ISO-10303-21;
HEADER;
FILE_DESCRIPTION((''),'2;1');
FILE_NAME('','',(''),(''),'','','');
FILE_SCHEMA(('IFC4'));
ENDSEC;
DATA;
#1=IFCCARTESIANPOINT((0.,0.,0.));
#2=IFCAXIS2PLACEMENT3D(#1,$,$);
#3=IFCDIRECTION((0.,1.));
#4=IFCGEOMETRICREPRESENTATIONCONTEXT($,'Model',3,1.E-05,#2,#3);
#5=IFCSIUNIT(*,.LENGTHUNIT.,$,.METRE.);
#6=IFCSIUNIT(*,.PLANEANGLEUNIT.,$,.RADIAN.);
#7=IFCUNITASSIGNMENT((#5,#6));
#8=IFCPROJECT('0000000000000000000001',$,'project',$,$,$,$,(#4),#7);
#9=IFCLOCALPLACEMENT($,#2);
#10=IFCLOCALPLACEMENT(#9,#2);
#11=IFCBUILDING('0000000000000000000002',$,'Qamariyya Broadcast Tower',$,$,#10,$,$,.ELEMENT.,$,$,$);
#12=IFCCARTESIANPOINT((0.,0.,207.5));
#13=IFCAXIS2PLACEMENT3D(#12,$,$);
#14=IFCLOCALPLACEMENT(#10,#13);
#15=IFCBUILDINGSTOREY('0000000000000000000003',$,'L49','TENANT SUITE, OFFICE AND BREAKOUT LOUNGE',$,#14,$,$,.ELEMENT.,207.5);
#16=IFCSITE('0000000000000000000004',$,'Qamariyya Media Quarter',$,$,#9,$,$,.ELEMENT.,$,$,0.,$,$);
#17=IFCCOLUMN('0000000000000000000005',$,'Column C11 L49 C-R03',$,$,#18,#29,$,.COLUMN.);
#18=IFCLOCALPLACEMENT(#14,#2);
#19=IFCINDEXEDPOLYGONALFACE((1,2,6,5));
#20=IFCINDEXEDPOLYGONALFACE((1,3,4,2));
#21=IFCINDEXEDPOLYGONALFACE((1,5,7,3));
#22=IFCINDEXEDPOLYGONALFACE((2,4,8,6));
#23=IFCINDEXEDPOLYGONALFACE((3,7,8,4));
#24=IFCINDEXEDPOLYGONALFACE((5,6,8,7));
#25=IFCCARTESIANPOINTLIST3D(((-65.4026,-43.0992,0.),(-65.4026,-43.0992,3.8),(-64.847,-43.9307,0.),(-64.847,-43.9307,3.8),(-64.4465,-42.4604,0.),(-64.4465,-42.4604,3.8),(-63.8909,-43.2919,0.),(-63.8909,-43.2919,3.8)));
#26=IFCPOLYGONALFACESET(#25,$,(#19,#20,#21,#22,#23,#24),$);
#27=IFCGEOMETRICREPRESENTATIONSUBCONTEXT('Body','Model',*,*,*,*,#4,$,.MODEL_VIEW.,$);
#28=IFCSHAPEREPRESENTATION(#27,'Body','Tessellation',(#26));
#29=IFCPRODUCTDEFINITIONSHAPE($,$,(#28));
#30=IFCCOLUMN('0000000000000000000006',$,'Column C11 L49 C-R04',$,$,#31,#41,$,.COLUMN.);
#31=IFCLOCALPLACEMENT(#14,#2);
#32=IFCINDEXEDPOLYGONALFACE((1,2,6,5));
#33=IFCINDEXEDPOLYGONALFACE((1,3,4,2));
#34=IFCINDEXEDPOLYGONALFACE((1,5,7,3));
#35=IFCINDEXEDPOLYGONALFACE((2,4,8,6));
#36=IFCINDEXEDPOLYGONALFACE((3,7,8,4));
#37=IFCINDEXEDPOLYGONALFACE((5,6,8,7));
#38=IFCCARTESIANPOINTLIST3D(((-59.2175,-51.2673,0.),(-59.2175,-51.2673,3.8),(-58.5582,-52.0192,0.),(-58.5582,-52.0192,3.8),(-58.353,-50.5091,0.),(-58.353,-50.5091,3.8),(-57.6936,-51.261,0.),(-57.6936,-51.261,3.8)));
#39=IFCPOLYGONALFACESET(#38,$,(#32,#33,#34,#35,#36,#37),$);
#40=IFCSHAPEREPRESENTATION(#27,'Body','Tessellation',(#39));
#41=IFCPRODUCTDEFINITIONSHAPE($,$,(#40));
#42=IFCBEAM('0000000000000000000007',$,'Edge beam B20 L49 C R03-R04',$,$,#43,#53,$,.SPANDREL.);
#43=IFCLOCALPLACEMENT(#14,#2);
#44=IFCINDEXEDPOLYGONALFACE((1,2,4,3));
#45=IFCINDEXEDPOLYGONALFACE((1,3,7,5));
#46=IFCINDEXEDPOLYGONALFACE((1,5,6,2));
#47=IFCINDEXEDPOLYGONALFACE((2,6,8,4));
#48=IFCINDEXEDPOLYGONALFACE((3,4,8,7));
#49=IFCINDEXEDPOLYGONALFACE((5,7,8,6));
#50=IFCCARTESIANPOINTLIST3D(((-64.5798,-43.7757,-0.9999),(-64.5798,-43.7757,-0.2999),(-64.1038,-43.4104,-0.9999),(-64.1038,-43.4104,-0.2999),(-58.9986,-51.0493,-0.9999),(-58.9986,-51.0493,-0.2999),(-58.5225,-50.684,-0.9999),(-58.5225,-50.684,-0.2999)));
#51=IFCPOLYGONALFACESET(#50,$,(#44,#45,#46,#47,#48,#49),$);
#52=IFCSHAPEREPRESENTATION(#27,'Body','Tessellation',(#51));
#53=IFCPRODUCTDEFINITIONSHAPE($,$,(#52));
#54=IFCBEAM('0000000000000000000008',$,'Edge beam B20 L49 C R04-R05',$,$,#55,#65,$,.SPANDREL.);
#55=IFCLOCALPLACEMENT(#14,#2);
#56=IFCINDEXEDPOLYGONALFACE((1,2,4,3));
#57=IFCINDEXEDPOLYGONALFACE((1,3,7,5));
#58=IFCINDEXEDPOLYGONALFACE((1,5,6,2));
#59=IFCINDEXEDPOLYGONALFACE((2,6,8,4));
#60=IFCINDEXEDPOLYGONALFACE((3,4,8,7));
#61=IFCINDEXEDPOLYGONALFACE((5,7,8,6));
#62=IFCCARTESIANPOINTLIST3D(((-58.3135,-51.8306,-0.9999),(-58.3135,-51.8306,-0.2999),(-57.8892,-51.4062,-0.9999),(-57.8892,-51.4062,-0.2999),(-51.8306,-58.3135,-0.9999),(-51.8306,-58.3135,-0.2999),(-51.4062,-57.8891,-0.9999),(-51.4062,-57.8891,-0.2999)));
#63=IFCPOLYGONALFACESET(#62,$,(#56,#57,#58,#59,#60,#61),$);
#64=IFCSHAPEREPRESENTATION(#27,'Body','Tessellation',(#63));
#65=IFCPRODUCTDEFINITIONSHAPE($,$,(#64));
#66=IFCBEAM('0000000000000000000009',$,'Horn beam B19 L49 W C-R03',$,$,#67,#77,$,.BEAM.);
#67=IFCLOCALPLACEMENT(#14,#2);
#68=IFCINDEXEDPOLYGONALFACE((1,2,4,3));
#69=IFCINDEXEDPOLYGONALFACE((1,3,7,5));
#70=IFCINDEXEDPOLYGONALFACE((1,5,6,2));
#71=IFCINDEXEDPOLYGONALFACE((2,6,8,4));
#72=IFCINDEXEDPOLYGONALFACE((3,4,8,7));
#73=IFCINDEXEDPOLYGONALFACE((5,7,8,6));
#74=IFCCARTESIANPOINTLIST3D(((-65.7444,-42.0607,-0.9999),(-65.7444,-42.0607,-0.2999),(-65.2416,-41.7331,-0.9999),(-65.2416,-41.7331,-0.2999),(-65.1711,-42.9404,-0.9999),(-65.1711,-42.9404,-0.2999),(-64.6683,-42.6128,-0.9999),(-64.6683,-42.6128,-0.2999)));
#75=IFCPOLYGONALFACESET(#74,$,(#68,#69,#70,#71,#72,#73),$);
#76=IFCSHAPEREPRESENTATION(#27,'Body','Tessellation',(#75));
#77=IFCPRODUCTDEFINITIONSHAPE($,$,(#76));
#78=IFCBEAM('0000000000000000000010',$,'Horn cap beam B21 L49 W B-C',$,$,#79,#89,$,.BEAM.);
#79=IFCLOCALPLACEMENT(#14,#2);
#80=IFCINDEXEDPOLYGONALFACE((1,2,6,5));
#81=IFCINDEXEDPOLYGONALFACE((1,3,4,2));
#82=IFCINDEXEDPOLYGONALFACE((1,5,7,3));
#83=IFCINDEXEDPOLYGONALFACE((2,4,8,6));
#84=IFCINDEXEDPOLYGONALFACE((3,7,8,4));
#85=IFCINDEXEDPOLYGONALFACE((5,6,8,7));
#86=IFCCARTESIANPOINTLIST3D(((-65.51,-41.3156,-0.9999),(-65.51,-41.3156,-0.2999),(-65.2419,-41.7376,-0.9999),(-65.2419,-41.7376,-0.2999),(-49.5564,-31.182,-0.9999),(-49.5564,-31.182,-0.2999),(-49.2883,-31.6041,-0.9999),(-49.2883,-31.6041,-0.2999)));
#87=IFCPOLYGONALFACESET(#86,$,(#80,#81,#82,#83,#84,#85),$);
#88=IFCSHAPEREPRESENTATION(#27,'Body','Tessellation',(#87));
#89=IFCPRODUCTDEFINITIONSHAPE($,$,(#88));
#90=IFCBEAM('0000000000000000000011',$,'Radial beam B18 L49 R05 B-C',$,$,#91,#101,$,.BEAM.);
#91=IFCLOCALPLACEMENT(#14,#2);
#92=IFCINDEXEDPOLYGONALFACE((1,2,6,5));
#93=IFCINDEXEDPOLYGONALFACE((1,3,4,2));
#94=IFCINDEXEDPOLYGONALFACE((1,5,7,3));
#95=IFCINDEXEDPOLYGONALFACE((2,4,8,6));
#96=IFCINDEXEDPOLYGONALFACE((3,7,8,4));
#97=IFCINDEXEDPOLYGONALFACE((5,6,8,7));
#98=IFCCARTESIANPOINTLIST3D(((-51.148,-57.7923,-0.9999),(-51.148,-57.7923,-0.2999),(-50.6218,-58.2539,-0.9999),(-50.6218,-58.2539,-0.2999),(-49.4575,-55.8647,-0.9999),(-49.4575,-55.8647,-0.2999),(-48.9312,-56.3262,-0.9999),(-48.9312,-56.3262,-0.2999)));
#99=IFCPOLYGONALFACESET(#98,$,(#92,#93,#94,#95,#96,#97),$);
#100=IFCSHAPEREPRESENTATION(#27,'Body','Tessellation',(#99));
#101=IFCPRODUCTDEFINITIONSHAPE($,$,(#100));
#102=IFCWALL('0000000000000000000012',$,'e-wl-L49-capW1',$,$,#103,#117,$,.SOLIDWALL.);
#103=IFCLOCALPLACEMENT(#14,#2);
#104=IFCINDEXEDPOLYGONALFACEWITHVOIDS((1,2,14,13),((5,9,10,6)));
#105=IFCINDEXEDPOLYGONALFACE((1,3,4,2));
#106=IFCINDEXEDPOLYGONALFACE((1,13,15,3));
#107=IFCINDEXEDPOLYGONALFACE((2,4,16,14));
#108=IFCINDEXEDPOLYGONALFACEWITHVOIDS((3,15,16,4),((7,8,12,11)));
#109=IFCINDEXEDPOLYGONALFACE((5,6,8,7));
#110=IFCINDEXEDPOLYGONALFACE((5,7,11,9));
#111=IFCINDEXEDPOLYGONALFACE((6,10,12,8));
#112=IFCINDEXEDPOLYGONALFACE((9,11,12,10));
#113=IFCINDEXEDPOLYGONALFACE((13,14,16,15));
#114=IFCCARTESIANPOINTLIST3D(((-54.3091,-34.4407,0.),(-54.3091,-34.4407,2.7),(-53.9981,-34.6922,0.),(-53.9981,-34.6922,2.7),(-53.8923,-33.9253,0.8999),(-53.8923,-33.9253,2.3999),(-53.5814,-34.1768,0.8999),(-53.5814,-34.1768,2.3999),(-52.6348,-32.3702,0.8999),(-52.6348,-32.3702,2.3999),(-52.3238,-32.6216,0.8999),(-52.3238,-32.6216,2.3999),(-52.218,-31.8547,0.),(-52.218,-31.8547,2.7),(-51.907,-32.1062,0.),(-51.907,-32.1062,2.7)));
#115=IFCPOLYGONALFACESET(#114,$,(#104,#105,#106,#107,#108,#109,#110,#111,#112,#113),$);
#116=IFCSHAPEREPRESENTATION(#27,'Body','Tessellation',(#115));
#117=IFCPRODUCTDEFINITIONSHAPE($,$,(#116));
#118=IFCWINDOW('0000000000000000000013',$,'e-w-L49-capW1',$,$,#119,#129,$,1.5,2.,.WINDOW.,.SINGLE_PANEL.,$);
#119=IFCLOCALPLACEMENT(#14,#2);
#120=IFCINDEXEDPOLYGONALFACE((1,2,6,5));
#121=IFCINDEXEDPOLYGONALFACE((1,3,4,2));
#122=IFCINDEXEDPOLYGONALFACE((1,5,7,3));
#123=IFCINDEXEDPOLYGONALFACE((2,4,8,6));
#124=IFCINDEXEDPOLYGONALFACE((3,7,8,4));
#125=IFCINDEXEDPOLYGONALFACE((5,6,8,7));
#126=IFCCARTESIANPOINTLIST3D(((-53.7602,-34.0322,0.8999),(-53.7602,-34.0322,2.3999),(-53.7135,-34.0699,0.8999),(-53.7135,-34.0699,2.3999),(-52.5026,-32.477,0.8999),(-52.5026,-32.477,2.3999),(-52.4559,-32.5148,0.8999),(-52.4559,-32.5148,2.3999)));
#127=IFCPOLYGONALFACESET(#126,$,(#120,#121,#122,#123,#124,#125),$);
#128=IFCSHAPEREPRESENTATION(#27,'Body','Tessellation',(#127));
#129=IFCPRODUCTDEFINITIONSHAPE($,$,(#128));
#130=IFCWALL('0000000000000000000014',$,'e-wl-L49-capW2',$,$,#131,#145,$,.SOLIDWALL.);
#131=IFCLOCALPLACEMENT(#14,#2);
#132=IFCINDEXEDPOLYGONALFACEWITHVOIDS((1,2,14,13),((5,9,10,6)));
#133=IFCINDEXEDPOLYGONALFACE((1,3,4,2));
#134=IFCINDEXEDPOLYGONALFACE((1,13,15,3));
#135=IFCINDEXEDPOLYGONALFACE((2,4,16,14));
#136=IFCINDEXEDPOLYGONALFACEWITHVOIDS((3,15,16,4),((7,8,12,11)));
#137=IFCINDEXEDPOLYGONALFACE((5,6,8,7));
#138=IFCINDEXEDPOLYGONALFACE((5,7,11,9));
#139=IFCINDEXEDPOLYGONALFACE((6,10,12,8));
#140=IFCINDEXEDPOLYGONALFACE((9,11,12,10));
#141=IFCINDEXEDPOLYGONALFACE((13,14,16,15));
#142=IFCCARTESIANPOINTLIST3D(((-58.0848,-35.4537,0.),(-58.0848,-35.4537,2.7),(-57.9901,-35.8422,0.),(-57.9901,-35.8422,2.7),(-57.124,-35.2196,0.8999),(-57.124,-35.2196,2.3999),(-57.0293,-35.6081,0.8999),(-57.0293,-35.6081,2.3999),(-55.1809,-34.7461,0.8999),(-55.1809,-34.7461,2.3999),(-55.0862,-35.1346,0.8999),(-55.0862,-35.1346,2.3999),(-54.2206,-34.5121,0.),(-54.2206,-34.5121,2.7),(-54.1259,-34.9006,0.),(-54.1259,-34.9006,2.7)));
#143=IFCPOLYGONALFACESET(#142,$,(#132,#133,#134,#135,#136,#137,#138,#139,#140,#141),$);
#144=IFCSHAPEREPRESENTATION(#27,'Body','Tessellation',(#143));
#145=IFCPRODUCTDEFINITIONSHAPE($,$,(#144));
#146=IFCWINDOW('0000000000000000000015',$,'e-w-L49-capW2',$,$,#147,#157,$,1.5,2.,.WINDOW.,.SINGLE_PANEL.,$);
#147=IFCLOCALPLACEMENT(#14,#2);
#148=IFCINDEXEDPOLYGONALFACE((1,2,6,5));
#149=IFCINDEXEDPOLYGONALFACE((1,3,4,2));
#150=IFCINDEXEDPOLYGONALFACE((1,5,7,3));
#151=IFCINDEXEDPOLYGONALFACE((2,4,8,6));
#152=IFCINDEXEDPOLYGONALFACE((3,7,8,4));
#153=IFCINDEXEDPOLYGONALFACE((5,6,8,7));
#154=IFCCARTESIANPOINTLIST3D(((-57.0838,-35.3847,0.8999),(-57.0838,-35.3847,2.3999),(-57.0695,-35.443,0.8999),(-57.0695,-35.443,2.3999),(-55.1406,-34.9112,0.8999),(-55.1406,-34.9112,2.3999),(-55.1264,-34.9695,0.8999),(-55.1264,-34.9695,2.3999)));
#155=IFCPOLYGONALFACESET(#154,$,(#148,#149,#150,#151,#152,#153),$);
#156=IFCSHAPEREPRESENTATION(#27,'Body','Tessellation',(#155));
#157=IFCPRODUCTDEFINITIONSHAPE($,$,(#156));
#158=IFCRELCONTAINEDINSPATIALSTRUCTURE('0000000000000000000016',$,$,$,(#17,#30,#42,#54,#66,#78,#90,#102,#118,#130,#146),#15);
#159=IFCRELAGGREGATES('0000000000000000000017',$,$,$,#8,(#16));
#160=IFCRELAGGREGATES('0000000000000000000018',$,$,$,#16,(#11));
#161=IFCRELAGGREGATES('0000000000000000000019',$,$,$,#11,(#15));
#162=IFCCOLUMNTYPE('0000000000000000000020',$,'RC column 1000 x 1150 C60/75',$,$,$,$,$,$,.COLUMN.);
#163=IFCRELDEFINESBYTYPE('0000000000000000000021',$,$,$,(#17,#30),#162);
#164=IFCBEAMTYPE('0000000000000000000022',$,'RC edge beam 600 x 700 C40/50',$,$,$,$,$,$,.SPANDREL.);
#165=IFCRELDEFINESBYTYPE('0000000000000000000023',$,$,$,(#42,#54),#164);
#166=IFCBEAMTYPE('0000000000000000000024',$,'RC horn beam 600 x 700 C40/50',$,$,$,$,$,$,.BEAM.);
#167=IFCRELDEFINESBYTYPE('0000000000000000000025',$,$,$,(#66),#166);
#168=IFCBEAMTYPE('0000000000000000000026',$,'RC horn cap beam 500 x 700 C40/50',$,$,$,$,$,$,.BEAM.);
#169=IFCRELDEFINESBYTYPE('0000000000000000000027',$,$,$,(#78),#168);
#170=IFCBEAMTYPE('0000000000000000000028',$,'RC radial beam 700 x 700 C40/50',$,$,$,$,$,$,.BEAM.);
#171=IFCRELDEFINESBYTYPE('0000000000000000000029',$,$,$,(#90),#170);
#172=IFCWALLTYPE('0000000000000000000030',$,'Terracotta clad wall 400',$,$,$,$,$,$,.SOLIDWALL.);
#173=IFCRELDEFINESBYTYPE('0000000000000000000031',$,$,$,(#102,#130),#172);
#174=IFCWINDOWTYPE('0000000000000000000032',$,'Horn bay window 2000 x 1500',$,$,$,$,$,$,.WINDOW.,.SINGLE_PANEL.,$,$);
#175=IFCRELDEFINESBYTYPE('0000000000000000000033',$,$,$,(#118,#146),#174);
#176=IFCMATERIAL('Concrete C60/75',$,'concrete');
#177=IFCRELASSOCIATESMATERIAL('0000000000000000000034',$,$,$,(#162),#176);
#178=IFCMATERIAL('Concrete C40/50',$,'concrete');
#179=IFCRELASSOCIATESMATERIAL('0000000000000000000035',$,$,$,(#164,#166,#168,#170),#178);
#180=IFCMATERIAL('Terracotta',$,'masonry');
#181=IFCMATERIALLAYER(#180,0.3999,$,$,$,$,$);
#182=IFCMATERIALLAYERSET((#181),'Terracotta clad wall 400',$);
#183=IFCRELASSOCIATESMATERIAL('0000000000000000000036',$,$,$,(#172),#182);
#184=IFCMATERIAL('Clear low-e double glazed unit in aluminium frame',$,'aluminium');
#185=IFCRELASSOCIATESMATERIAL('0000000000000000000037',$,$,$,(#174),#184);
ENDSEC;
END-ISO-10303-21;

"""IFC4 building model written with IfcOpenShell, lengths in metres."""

from ifc_helpers import new_model, si_unit, direction, frame, frame_2d, origin, origin_2d, place, context, subcontext, project, spatial, rectangle, extrude, material, layer, layer_set, material_profile, profile_set, type_object, element, fill, save


model = new_model("IFC4")

# Units and contexts
model_context = context("Model", 3, precision=1e-05, world=origin(), true_north=direction((0.0, 1.0)))
body_context = subcontext(model_context, "Body", "Model", "MODEL_VIEW")
ifc_project = project(units=[si_unit("LENGTHUNIT", "METRE"), si_unit("PLANEANGLEUNIT", "RADIAN")], contexts=[model_context])

# Site, building, storey
site_placement = place(None, origin())
site = spatial("IfcSite", under=ifc_project, at=site_placement, Name="Qamariyya Media Quarter", CompositionType="ELEMENT", RefElevation=0.0)
building_placement = place(site_placement, origin())
building = spatial("IfcBuilding", under=site, at=building_placement, Name="Qamariyya Broadcast Tower", CompositionType="ELEMENT")
storey_placement = place(building_placement, frame((0.0, 0.0, 207.5)))
storey = spatial("IfcBuildingStorey", under=building, at=storey_placement, Name="L49", Description="TENANT SUITE, OFFICE AND BREAKOUT LOUNGE", CompositionType="ELEMENT", Elevation=207.5)

# Columns
ifc_material_1 = material(Name="Concrete C60/75", Category="concrete")
ifc_material_profile_1 = material_profile(ifc_material_1, rectangle(XDim=1.0, YDim=1.1499, at=origin_2d()))
ifc_profile_set_1 = profile_set([ifc_material_profile_1], Name="Concrete C60/75")
column_type = type_object("IfcColumnType", Name="RC column 1000 x 1150 C60/75", PredefinedType="COLUMN", material=ifc_profile_set_1)
for number, where, z_axis, x_axis, name in (
    (1, (-64.6467, -43.1956, 0.0), (0.0, 0.0, 1.0), (0.55557, -0.83147, 0.0), "Column C11 L49 C-R03"),
    (2, (-58.4556, -51.2642, 0.0), (0.0, 0.0, 1.0), (0.659346, -0.75184, 0.0), "Column C11 L49 C-R04"),
):
    element("IfcColumn", number, at=place(storey_placement, frame(where, z_axis=z_axis, x_axis=x_axis)), inside=storey, type_object=column_type, Name=name, PredefinedType="COLUMN", context=body_context, shape_type="SweptSolid", body=[
        extrude(rectangle(XDim=1.0, YDim=1.1499, at=origin_2d()), origin(), (0.0, 0.0, 1.0), 3.8),
    ])

# Beams
ifc_material_2 = material(Name="Concrete C40/50", Category="concrete")
ifc_material_profile_2 = material_profile(ifc_material_2, rectangle(XDim=0.6001, YDim=0.7, at=origin_2d()))
ifc_profile_set_2 = profile_set([ifc_material_profile_2], Name="Concrete C40/50")
beam_type_1 = type_object("IfcBeamType", Name="RC edge beam 600 x 700 C40/50", PredefinedType="SPANDREL", material=ifc_profile_set_2)
for number, where, z_axis, x_axis, name in (
    (3, (-64.3418, -43.593, -0.6499), (0.608762, -0.793353, 0.0), (0.793353, 0.608762, 0.0), "Edge beam B20 L49 C R03-R04"),
    (4, (-58.1013, -51.6184, -0.6499), (0.707107, -0.707107, 0.0), (0.707107, 0.707107, 0.0), "Edge beam B20 L49 C R04-R05"),
):
    element("IfcBeam", number, at=place(storey_placement, frame(where, z_axis=z_axis, x_axis=x_axis)), inside=storey, type_object=beam_type_1, Name=name, PredefinedType="SPANDREL", context=body_context, shape_type="SweptSolid", body=[
        extrude(rectangle(XDim=0.6001, YDim=0.7, at=origin_2d()), origin(), (0.0, 0.0, 1.0), 9.1682),
    ])
ifc_material_profile_3 = material_profile(ifc_material_2, rectangle(XDim=0.6001, YDim=0.7, at=origin_2d()))
ifc_profile_set_3 = profile_set([ifc_material_profile_3], Name="Concrete C40/50")
beam_type_2 = type_object("IfcBeamType", Name="RC horn beam 600 x 700 C40/50", PredefinedType="BEAM", material=ifc_profile_set_3)
beam_1_placement = place(storey_placement, frame((-64.9197, -42.7766, -0.6499), z_axis=(-0.545977, 0.8378, 0.0), x_axis=(-0.8378, -0.545977, 0.0)))
element("IfcBeam", 5, at=beam_1_placement, inside=storey, type_object=beam_type_2, Name="Horn beam B19 L49 W C-R03", PredefinedType="BEAM", context=body_context, shape_type="SweptSolid", body=[
    extrude(rectangle(XDim=0.6001, YDim=0.7, at=origin_2d()), origin(), (0.0, 0.0, 1.0), 1.05),
])
ifc_material_profile_4 = material_profile(ifc_material_2, rectangle(XDim=0.5, YDim=0.7, at=origin_2d()))
ifc_profile_set_4 = profile_set([ifc_material_profile_4], Name="Concrete C40/50")
beam_type_3 = type_object("IfcBeamType", Name="RC horn cap beam 500 x 700 C40/50", PredefinedType="BEAM", material=ifc_profile_set_4)
beam_2_placement = place(storey_placement, frame((-49.4224, -31.3931, -0.6499), z_axis=(-0.844111, -0.536169, 0.0), x_axis=(0.536169, -0.844111, 0.0)))
element("IfcBeam", 6, at=beam_2_placement, inside=storey, type_object=beam_type_3, Name="Horn cap beam B21 L49 W B-C", PredefinedType="BEAM", context=body_context, shape_type="SweptSolid", body=[
    extrude(rectangle(XDim=0.5, YDim=0.7, at=origin_2d()), origin(), (0.0, 0.0, 1.0), 18.8999),
])
ifc_material_profile_5 = material_profile(ifc_material_2, rectangle(XDim=0.7, YDim=0.7, at=origin_2d()))
ifc_profile_set_5 = profile_set([ifc_material_profile_5], Name="Concrete C40/50")
beam_type_4 = type_object("IfcBeamType", Name="RC radial beam 700 x 700 C40/50", PredefinedType="BEAM", material=ifc_profile_set_5)
beam_3_placement = place(storey_placement, frame((-49.1943, -56.0955, -0.6499), z_axis=(-0.659367, -0.751821, 0.0), x_axis=(0.751821, -0.659367, 0.0)))
element("IfcBeam", 7, at=beam_3_placement, inside=storey, type_object=beam_type_4, Name="Radial beam B18 L49 R05 B-C", PredefinedType="BEAM", context=body_context, shape_type="SweptSolid", body=[
    extrude(rectangle(XDim=0.7, YDim=0.7, at=origin_2d()), origin(), (0.0, 0.0, 1.0), 2.564),
])

# Walls, openings, windows
ifc_material_3 = material(Name="Terracotta", Category="masonry")
ifc_layer = layer(ifc_material_3, 0.3999)
ifc_layer_set = layer_set([ifc_layer], Name="Terracotta clad wall 400")
wall_type = type_object("IfcWallType", Name="Terracotta clad wall 400", PredefinedType="SOLIDWALL", material=ifc_layer_set)
wall_1_placement = place(storey_placement, frame((-52.0625, -31.9805, 0.0), z_axis=(0.0, 0.0, 1.0), x_axis=(-0.628778, -0.777585, 0.0)))
wall_1 = element("IfcWall", 8, at=wall_1_placement, inside=storey, type_object=wall_type, Name="e-wl-L49-capW1", PredefinedType="SOLIDWALL", context=body_context, shape_type="SweptSolid", body=[
    extrude(rectangle(XDim=3.3257, YDim=0.3999, at=frame_2d((1.6628, 0.0))), origin(), (0.0, 0.0, 1.0), 2.7),
])
opening_1_placement = place(wall_1_placement, frame((0.6628, 0.0, 0.8999)))
opening_1 = element("IfcOpeningElement", 9, at=opening_1_placement, cuts=wall_1, PredefinedType="OPENING", context=body_context, shape_type="SweptSolid", body=[
    extrude(rectangle(XDim=2.0, YDim=1.5, at=frame_2d((1.0, 0.75))), frame((0.0, 0.21, 0.0), z_axis=(0.0, -1.0, 0.0), x_axis=(1.0, 0.0, 0.0)), (0.0, 0.0, 1.0), 0.4199),
])
ifc_material_4 = material(Name="Clear low-e double glazed unit in aluminium frame", Category="aluminium")
window_type = type_object("IfcWindowType", Name="Horn bay window 2000 x 1500", PartitioningType="SINGLE_PANEL", PredefinedType="WINDOW", material=ifc_material_4)
window_1_placement = place(opening_1_placement, origin())
window_1 = element("IfcWindow", 10, at=window_1_placement, inside=storey, type_object=window_type, Name="e-w-L49-capW1", OverallHeight=1.5, OverallWidth=2.0, PartitioningType="SINGLE_PANEL", PredefinedType="WINDOW", context=body_context, shape_type="SweptSolid", body=[
    extrude(rectangle(XDim=2.0, YDim=1.5, at=frame_2d((1.0, 0.75))), frame((0.0, 0.03, 0.0), z_axis=(0.0, -1.0, 0.0), x_axis=(1.0, 0.0, 0.0)), (0.0, 0.0, 1.0), 0.0601),
])
fill(opening_1, window_1)
wall_2_placement = place(storey_placement, frame((-54.1731, -34.7063, 0.0), z_axis=(0.0, 0.0, 1.0), x_axis=(-0.97157, -0.236754, 0.0)))
wall_2 = element("IfcWall", 11, at=wall_2_placement, inside=storey, type_object=wall_type, Name="e-wl-L49-capW2", PredefinedType="SOLIDWALL", context=body_context, shape_type="SweptSolid", body=[
    extrude(rectangle(XDim=3.9773, YDim=0.3999, at=frame_2d((1.9888, 0.0))), origin(), (0.0, 0.0, 1.0), 2.7),
])
opening_2_placement = place(wall_2_placement, frame((0.9885, 0.0, 0.8999)))
opening_2 = element("IfcOpeningElement", 12, at=opening_2_placement, cuts=wall_2, PredefinedType="OPENING", context=body_context, shape_type="SweptSolid", body=[
    extrude(rectangle(XDim=2.0, YDim=1.5, at=frame_2d((1.0, 0.75))), frame((0.0, 0.21, 0.0), z_axis=(0.0, -1.0, 0.0), x_axis=(1.0, 0.0, 0.0)), (0.0, 0.0, 1.0), 0.4199),
])
window_2_placement = place(opening_2_placement, origin())
window_2 = element("IfcWindow", 13, at=window_2_placement, inside=storey, type_object=window_type, Name="e-w-L49-capW2", OverallHeight=1.5, OverallWidth=2.0, PartitioningType="SINGLE_PANEL", PredefinedType="WINDOW", context=body_context, shape_type="SweptSolid", body=[
    extrude(rectangle(XDim=2.0, YDim=1.5, at=frame_2d((1.0, 0.75))), frame((0.0, 0.03, 0.0), z_axis=(0.0, -1.0, 0.0), x_axis=(1.0, 0.0, 0.0)), (0.0, 0.0, 1.0), 0.0601),
])
fill(opening_2, window_2)

save(model, "model.ifc")
